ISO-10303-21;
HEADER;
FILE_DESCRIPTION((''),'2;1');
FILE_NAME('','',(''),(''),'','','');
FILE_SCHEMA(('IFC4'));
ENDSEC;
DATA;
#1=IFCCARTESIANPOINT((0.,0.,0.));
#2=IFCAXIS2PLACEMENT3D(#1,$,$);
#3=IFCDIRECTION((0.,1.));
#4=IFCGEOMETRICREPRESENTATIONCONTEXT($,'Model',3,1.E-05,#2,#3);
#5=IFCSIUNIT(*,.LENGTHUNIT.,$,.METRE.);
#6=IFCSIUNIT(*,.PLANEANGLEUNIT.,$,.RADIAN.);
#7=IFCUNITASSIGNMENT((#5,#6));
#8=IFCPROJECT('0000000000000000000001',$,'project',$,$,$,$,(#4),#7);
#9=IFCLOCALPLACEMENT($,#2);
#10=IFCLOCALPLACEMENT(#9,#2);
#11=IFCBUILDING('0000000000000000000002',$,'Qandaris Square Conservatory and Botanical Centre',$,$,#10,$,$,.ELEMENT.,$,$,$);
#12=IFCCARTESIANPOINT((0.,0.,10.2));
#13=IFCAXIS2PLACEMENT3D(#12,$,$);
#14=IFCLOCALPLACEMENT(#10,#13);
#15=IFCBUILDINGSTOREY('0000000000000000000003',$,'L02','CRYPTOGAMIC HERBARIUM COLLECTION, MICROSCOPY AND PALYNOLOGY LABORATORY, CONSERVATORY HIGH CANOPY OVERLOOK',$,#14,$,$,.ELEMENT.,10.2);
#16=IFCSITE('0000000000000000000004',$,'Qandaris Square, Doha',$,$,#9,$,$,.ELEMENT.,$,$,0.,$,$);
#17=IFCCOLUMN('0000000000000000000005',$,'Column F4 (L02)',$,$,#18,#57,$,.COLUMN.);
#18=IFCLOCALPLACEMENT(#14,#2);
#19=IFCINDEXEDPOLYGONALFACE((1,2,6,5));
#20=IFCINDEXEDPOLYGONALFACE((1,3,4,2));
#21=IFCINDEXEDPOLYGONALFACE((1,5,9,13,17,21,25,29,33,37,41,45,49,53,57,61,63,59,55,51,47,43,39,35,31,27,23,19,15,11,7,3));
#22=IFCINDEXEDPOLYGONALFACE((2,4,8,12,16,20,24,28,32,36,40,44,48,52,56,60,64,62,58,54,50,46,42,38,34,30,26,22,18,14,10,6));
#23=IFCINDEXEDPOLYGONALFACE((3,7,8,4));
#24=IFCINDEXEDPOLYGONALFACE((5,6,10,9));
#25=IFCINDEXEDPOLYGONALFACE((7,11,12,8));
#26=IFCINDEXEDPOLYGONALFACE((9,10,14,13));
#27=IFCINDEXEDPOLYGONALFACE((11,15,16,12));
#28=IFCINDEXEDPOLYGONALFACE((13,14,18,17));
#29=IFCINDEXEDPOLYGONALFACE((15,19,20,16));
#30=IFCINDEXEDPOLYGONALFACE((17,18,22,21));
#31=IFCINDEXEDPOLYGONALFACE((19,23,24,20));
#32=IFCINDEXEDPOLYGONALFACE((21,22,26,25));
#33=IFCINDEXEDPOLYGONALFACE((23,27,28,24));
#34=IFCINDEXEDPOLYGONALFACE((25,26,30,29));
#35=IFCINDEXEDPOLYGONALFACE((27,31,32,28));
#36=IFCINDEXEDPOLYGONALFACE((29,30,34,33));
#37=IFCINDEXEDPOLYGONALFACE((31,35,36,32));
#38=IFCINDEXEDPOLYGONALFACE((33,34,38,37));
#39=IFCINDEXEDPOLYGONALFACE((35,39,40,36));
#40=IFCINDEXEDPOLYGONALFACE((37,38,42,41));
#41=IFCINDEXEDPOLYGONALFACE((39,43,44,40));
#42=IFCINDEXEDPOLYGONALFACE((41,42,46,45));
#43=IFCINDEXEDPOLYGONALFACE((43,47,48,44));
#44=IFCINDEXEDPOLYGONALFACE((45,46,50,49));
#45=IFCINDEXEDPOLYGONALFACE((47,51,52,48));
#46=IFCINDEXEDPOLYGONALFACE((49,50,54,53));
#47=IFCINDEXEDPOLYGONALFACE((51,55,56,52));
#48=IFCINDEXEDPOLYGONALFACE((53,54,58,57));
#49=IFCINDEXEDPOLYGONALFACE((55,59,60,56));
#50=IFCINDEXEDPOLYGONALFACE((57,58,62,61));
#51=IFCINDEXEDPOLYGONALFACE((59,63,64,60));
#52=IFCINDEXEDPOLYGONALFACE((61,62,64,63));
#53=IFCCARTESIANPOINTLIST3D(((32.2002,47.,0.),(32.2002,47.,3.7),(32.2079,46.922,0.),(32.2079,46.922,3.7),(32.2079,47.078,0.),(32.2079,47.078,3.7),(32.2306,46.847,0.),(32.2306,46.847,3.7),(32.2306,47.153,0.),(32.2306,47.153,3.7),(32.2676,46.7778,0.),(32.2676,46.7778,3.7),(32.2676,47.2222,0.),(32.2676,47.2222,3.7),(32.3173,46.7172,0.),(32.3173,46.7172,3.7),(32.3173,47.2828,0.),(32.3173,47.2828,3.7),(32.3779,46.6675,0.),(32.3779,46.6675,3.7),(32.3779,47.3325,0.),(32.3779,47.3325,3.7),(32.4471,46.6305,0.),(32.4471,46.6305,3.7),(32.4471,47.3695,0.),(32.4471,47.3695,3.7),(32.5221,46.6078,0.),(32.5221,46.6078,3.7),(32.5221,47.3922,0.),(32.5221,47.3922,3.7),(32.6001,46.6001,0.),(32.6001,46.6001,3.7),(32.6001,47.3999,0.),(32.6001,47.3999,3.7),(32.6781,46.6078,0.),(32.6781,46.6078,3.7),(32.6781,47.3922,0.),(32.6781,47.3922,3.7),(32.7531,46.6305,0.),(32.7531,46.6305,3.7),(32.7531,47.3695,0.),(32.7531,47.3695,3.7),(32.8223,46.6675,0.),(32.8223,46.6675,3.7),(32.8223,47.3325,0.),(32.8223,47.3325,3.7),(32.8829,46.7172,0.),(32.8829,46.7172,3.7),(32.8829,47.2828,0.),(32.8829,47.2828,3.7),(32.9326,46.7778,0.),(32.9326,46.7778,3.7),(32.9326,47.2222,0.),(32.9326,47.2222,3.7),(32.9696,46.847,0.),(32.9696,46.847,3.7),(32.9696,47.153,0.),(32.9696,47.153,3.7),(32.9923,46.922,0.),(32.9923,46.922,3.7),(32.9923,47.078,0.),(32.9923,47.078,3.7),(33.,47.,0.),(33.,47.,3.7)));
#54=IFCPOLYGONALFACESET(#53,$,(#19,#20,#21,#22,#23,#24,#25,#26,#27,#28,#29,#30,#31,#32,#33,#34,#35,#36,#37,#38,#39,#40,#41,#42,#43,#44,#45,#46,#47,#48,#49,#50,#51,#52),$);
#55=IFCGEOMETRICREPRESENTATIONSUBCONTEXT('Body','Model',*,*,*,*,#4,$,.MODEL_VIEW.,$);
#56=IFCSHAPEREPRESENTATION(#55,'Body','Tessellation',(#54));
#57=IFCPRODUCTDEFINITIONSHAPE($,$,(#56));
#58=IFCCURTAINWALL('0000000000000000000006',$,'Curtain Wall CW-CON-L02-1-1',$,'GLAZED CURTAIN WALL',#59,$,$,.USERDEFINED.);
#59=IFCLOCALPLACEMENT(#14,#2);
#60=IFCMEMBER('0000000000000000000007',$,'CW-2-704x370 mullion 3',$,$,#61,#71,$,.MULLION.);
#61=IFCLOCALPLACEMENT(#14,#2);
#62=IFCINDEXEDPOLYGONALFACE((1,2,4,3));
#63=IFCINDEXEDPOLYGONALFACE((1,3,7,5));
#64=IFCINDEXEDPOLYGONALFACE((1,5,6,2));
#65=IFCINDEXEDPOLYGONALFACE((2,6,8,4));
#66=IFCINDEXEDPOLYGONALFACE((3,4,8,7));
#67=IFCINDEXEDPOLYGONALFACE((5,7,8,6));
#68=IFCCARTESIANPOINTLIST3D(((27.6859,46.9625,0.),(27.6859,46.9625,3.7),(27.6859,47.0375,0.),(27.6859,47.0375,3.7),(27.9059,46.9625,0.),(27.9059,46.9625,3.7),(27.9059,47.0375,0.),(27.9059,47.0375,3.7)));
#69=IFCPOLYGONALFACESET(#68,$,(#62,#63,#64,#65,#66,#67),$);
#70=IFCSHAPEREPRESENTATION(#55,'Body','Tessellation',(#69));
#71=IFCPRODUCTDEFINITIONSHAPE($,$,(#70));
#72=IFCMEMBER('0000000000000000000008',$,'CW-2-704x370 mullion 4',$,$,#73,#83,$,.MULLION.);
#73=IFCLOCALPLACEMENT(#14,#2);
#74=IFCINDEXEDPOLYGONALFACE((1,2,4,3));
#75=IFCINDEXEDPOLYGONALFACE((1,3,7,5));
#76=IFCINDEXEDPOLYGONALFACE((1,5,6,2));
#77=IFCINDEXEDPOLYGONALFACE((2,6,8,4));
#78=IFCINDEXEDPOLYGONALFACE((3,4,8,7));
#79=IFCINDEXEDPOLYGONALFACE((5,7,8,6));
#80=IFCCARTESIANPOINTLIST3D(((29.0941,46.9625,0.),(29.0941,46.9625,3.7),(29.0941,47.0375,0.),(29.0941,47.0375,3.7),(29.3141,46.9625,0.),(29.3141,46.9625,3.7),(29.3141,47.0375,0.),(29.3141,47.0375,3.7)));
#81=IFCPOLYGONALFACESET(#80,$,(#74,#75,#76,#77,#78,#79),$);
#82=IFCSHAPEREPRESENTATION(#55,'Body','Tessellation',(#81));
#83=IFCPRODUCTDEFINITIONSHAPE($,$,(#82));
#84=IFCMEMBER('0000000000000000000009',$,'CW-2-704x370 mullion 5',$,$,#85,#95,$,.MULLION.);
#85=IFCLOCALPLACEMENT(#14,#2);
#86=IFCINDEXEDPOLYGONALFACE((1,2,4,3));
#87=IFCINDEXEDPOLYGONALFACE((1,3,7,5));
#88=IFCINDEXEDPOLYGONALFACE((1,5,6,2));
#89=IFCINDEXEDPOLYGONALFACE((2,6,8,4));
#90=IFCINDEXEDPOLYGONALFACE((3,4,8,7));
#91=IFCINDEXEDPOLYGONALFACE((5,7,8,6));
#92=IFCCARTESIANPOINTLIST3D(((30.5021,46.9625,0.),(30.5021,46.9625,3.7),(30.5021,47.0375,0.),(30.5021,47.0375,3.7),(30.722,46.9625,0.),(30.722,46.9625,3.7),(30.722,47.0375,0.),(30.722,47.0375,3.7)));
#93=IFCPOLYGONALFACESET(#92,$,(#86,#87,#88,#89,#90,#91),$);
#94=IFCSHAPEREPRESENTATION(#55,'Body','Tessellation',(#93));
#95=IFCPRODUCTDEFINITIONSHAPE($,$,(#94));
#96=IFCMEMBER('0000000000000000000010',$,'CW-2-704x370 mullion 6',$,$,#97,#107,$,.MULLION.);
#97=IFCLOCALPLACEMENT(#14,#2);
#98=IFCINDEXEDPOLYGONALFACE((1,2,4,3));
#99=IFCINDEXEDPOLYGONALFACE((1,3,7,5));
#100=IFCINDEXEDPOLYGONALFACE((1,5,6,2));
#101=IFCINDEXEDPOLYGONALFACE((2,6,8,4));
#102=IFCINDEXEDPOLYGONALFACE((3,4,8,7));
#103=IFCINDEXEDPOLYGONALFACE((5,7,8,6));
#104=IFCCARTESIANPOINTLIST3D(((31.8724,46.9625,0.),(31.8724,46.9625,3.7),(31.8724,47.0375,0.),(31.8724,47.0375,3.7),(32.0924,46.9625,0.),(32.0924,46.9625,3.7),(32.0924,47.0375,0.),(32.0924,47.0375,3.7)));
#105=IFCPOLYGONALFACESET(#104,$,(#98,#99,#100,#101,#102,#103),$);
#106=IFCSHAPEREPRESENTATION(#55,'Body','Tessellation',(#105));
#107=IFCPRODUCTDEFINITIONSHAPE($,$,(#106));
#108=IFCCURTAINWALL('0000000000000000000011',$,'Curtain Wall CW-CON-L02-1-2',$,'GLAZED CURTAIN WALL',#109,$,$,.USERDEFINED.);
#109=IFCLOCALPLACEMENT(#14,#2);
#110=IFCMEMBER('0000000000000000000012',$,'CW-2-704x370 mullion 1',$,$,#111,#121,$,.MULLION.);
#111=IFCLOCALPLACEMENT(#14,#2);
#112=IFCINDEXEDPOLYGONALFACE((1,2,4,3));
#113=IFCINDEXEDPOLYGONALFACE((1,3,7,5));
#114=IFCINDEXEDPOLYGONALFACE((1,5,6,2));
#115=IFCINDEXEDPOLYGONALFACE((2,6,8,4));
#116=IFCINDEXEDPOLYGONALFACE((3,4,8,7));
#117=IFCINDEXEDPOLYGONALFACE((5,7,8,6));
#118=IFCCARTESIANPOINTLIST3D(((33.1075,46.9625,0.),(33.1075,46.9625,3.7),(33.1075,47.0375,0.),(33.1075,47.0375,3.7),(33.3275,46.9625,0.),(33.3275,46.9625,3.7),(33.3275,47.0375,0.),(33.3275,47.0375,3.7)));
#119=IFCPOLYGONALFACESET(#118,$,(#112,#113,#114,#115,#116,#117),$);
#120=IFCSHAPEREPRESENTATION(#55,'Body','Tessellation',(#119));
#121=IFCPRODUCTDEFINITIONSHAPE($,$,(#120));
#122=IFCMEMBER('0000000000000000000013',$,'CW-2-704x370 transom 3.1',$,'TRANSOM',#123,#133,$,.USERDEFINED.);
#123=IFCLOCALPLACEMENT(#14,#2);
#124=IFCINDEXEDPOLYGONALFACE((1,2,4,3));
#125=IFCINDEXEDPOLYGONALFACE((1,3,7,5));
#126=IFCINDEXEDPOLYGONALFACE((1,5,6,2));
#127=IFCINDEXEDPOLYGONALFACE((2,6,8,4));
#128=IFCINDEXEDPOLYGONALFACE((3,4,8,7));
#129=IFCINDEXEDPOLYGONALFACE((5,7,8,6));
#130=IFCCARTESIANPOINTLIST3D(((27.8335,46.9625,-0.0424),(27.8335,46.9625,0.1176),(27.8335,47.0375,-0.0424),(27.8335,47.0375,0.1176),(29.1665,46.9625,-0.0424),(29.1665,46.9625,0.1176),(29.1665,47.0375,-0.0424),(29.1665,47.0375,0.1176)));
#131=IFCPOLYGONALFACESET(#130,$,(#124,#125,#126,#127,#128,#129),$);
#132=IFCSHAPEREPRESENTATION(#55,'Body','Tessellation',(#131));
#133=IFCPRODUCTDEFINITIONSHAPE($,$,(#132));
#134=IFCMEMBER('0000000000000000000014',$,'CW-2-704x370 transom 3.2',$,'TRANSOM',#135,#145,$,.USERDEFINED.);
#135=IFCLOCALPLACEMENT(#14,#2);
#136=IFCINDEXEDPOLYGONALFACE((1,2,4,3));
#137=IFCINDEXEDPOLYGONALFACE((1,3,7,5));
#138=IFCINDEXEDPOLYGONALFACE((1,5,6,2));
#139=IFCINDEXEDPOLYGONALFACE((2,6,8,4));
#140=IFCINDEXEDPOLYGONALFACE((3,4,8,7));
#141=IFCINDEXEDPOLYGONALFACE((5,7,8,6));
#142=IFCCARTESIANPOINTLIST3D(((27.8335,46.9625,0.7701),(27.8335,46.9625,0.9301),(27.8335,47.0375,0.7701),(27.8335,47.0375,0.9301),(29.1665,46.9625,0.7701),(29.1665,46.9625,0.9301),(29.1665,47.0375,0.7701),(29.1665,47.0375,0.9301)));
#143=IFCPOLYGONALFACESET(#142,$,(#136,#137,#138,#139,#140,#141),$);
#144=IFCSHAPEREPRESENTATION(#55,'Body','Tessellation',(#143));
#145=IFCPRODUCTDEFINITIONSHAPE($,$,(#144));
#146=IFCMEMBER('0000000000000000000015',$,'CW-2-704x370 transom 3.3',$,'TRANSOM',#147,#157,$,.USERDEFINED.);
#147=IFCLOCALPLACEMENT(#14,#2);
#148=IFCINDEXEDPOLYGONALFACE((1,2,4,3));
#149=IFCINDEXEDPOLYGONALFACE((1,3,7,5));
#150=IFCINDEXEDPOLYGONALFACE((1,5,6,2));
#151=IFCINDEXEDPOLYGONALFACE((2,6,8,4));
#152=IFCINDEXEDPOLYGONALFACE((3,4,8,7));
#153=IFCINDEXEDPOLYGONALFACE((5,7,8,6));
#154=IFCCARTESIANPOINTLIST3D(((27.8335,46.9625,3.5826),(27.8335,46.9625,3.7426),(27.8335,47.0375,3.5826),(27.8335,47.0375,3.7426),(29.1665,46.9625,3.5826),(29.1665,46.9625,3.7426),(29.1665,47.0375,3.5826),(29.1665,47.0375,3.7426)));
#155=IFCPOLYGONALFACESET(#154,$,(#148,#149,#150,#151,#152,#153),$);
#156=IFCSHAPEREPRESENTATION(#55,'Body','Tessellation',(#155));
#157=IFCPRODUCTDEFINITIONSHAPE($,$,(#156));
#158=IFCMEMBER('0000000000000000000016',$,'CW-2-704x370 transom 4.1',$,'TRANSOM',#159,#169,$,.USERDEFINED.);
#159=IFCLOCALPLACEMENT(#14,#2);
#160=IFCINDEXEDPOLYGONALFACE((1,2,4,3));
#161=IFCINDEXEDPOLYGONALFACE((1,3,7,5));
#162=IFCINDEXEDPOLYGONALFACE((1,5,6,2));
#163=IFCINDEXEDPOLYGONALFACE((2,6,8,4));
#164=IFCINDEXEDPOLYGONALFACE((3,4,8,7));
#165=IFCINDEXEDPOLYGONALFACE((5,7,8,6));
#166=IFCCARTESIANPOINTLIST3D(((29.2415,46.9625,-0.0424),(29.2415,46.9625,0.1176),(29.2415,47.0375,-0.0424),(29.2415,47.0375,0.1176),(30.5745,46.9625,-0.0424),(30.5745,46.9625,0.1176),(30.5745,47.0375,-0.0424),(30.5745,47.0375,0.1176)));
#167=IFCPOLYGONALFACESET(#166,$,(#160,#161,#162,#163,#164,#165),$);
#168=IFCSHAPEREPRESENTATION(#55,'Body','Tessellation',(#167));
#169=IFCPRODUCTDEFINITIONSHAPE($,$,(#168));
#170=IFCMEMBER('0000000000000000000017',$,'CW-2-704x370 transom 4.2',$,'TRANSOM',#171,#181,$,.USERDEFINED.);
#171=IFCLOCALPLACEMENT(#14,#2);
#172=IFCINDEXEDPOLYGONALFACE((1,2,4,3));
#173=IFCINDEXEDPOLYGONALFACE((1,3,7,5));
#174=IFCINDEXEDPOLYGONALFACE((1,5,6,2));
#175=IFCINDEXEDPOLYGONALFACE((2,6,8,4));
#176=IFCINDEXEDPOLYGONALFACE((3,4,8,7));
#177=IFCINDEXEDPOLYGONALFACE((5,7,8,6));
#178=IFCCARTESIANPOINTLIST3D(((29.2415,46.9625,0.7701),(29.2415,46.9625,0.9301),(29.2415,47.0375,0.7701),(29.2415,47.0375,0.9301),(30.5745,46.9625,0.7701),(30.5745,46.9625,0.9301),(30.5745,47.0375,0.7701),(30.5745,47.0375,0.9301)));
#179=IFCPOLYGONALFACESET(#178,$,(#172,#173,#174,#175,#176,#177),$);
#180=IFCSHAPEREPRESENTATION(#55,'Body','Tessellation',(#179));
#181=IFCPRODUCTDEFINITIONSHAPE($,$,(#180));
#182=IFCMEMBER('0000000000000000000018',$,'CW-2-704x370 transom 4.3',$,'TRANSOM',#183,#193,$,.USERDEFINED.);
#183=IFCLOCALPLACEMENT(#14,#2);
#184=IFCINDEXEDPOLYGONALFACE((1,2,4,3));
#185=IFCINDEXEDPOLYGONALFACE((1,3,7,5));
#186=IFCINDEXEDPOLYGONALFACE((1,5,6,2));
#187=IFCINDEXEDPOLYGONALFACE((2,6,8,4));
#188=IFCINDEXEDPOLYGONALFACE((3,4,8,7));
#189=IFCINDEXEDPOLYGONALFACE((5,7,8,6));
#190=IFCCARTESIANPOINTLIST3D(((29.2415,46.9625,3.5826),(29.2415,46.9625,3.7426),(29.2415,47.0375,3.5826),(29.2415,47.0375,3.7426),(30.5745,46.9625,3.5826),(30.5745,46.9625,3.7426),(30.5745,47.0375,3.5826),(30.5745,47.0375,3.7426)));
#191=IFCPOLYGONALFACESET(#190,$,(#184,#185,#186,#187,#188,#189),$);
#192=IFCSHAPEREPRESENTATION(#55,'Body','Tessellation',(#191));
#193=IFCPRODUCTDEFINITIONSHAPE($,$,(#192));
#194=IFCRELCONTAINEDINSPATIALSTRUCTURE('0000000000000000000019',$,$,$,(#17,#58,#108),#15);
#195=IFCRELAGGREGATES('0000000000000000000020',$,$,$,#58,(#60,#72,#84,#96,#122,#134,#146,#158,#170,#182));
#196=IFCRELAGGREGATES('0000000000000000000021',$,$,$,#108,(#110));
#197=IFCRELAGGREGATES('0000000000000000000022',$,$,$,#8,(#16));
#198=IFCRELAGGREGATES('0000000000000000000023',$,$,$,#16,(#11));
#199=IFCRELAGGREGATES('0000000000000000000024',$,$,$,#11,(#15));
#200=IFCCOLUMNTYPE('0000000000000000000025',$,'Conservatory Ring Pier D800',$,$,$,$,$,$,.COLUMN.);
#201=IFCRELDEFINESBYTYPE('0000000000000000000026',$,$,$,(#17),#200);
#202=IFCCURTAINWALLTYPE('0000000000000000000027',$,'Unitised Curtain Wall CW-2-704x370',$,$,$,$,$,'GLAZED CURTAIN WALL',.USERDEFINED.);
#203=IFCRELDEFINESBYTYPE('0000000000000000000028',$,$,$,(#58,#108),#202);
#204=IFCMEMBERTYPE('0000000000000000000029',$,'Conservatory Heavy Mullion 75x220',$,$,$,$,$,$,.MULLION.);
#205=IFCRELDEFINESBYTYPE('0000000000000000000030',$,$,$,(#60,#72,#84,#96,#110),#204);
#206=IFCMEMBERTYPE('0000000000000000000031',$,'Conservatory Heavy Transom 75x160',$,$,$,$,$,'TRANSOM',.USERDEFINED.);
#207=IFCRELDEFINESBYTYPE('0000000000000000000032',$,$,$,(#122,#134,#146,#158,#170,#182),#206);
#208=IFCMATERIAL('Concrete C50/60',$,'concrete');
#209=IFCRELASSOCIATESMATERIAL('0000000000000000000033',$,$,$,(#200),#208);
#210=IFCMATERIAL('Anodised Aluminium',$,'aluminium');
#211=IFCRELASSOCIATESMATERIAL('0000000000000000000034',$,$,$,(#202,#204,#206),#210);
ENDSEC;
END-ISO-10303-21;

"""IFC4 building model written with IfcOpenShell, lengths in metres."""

from ifc_helpers import new_model, si_unit, direction, frame, origin, origin_2d, place, context, subcontext, project, spatial, rectangle, circle, extrude, material, material_profile, profile_set, type_object, element, aggregate, save


model = new_model("IFC4")

# Units and contexts
model_context = context("Model", 3, precision=1e-05, world=origin(), true_north=direction((0.0, 1.0)))
body_context = subcontext(model_context, "Body", "Model", "MODEL_VIEW")
ifc_project = project(units=[si_unit("LENGTHUNIT", "METRE"), si_unit("PLANEANGLEUNIT", "RADIAN")], contexts=[model_context])

# Site, building, storey
site_placement = place(None, origin())
site = spatial("IfcSite", under=ifc_project, at=site_placement, Name="Qandaris Square, Doha", CompositionType="ELEMENT", RefElevation=0.0)
building_placement = place(site_placement, origin())
building = spatial("IfcBuilding", under=site, at=building_placement, Name="Qandaris Square Conservatory and Botanical Centre", CompositionType="ELEMENT")
storey_placement = place(building_placement, frame((0.0, 0.0, 10.2)))
storey = spatial("IfcBuildingStorey", under=building, at=storey_placement, Name="L02", Description="CRYPTOGAMIC HERBARIUM COLLECTION, MICROSCOPY AND PALYNOLOGY LABORATORY, CONSERVATORY HIGH CANOPY OVERLOOK", CompositionType="ELEMENT", Elevation=10.2)

# Column
ifc_material_1 = material(Name="Concrete C50/60", Category="concrete")
ifc_material_profile_1 = material_profile(ifc_material_1, circle(Radius=0.3999, at=origin_2d()), Name="RC-COL D800")
ifc_profile_set_1 = profile_set([ifc_material_profile_1], Name="Concrete C50/60")
column_type = type_object("IfcColumnType", Name="Conservatory Ring Pier D800", PredefinedType="COLUMN", material=ifc_profile_set_1)
column_placement = place(storey_placement, frame((32.6001, 47.0, 0.0), z_axis=(0.0, 0.0, 1.0), x_axis=(1.0, 0.0, 0.0)))
element("IfcColumn", 1, at=column_placement, inside=storey, type_object=column_type, Name="Column F4 (L02)", PredefinedType="COLUMN", context=body_context, shape_type="SweptSolid", body=[
    extrude(circle(Radius=0.3999, at=origin_2d()), origin(), (0.0, 0.0, 1.0), 3.7),
])

# Curtain wall, members
ifc_material_2 = material(Name="Anodised Aluminium", Category="aluminium")
curtain_wall_type = type_object("IfcCurtainWallType", Name="Unitised Curtain Wall CW-2-704x370", ElementType="GLAZED CURTAIN WALL", PredefinedType="USERDEFINED", material=ifc_material_2)
curtain_wall_1_placement = place(storey_placement, origin())
curtain_wall_1 = element("IfcCurtainWall", 2, at=curtain_wall_1_placement, inside=storey, type_object=curtain_wall_type, Name="Curtain Wall CW-CON-L02-1-1", ObjectType="GLAZED CURTAIN WALL", PredefinedType="USERDEFINED")
ifc_material_profile_2 = material_profile(ifc_material_2, rectangle(XDim=0.075, YDim=0.22, at=origin_2d()), Name="ALU-MUL 75x220")
ifc_profile_set_2 = profile_set([ifc_material_profile_2], Name="Anodised Aluminium")
member_type_1 = type_object("IfcMemberType", Name="Conservatory Heavy Mullion 75x220", PredefinedType="MULLION", material=ifc_profile_set_2)
member_1_placement = place(storey_placement, frame((27.7959, 47.0, 0.0), z_axis=(0.0, 0.0, 1.0), x_axis=(0.0, 1.0, 0.0)))
member_1 = element("IfcMember", 3, at=member_1_placement, type_object=member_type_1, Name="CW-2-704x370 mullion 3", PredefinedType="MULLION", context=body_context, shape_type="SweptSolid", body=[
    extrude(rectangle(XDim=0.075, YDim=0.22, at=origin_2d()), origin(), (0.0, 0.0, 1.0), 3.7),
])
member_2_placement = place(storey_placement, frame((29.2041, 47.0, 0.0), z_axis=(0.0, 0.0, 1.0), x_axis=(0.0, 1.0, 0.0)))
member_2 = element("IfcMember", 4, at=member_2_placement, type_object=member_type_1, Name="CW-2-704x370 mullion 4", PredefinedType="MULLION", context=body_context, shape_type="SweptSolid", body=[
    extrude(rectangle(XDim=0.075, YDim=0.22, at=origin_2d()), origin(), (0.0, 0.0, 1.0), 3.7),
])
member_3_placement = place(storey_placement, frame((30.6121, 47.0, 0.0), z_axis=(0.0, 0.0, 1.0), x_axis=(0.0, 1.0, 0.0)))
member_3 = element("IfcMember", 5, at=member_3_placement, type_object=member_type_1, Name="CW-2-704x370 mullion 5", PredefinedType="MULLION", context=body_context, shape_type="SweptSolid", body=[
    extrude(rectangle(XDim=0.075, YDim=0.22, at=origin_2d()), origin(), (0.0, 0.0, 1.0), 3.7),
])
member_4_placement = place(storey_placement, frame((31.9824, 47.0, 0.0), z_axis=(0.0, 0.0, 1.0), x_axis=(0.0, 1.0, 0.0)))
member_4 = element("IfcMember", 6, at=member_4_placement, type_object=member_type_1, Name="CW-2-704x370 mullion 6", PredefinedType="MULLION", context=body_context, shape_type="SweptSolid", body=[
    extrude(rectangle(XDim=0.075, YDim=0.22, at=origin_2d()), origin(), (0.0, 0.0, 1.0), 3.7),
])

# Curtain wall, member
curtain_wall_2_placement = place(storey_placement, origin())
curtain_wall_2 = element("IfcCurtainWall", 7, at=curtain_wall_2_placement, inside=storey, type_object=curtain_wall_type, Name="Curtain Wall CW-CON-L02-1-2", ObjectType="GLAZED CURTAIN WALL", PredefinedType="USERDEFINED")
member_5_placement = place(storey_placement, frame((33.2175, 47.0, 0.0), z_axis=(0.0, 0.0, 1.0), x_axis=(0.0, 1.0, 0.0)))
member_5 = element("IfcMember", 8, at=member_5_placement, type_object=member_type_1, Name="CW-2-704x370 mullion 1", PredefinedType="MULLION", context=body_context, shape_type="SweptSolid", body=[
    extrude(rectangle(XDim=0.075, YDim=0.22, at=origin_2d()), origin(), (0.0, 0.0, 1.0), 3.7),
])

# Members
ifc_material_profile_3 = material_profile(ifc_material_2, rectangle(XDim=0.075, YDim=0.1599, at=origin_2d()), Name="ALU-TRN 75x160")
ifc_profile_set_3 = profile_set([ifc_material_profile_3], Name="Anodised Aluminium")
member_type_2 = type_object("IfcMemberType", Name="Conservatory Heavy Transom 75x160", ElementType="TRANSOM", PredefinedType="USERDEFINED", material=ifc_profile_set_3)
member_6_placement = place(storey_placement, frame((27.8335, 47.0, 0.0376), z_axis=(1.0, 0.0, 0.0), x_axis=(0.0, 1.0, 0.0)))
member_6 = element("IfcMember", 9, at=member_6_placement, type_object=member_type_2, Name="CW-2-704x370 transom 3.1", ObjectType="TRANSOM", PredefinedType="USERDEFINED", context=body_context, shape_type="SweptSolid", body=[
    extrude(rectangle(XDim=0.075, YDim=0.1599, at=origin_2d()), origin(), (0.0, 0.0, 1.0), 1.333),
])
member_7_placement = place(storey_placement, frame((27.8335, 47.0, 0.8501), z_axis=(1.0, 0.0, 0.0), x_axis=(0.0, 1.0, 0.0)))
member_7 = element("IfcMember", 10, at=member_7_placement, type_object=member_type_2, Name="CW-2-704x370 transom 3.2", ObjectType="TRANSOM", PredefinedType="USERDEFINED", context=body_context, shape_type="SweptSolid", body=[
    extrude(rectangle(XDim=0.075, YDim=0.1599, at=origin_2d()), origin(), (0.0, 0.0, 1.0), 1.333),
])
member_8_placement = place(storey_placement, frame((27.8335, 47.0, 3.6626), z_axis=(1.0, 0.0, 0.0), x_axis=(0.0, 1.0, 0.0)))
member_8 = element("IfcMember", 11, at=member_8_placement, type_object=member_type_2, Name="CW-2-704x370 transom 3.3", ObjectType="TRANSOM", PredefinedType="USERDEFINED", context=body_context, shape_type="SweptSolid", body=[
    extrude(rectangle(XDim=0.075, YDim=0.1599, at=origin_2d()), origin(), (0.0, 0.0, 1.0), 1.333),
])
member_9_placement = place(storey_placement, frame((29.2415, 47.0, 0.0376), z_axis=(1.0, 0.0, 0.0), x_axis=(0.0, 1.0, 0.0)))
member_9 = element("IfcMember", 12, at=member_9_placement, type_object=member_type_2, Name="CW-2-704x370 transom 4.1", ObjectType="TRANSOM", PredefinedType="USERDEFINED", context=body_context, shape_type="SweptSolid", body=[
    extrude(rectangle(XDim=0.075, YDim=0.1599, at=origin_2d()), origin(), (0.0, 0.0, 1.0), 1.333),
])
member_10_placement = place(storey_placement, frame((29.2415, 47.0, 0.8501), z_axis=(1.0, 0.0, 0.0), x_axis=(0.0, 1.0, 0.0)))
member_10 = element("IfcMember", 13, at=member_10_placement, type_object=member_type_2, Name="CW-2-704x370 transom 4.2", ObjectType="TRANSOM", PredefinedType="USERDEFINED", context=body_context, shape_type="SweptSolid", body=[
    extrude(rectangle(XDim=0.075, YDim=0.1599, at=origin_2d()), origin(), (0.0, 0.0, 1.0), 1.333),
])
member_11_placement = place(storey_placement, frame((29.2415, 47.0, 3.6626), z_axis=(1.0, 0.0, 0.0), x_axis=(0.0, 1.0, 0.0)))
member_11 = element("IfcMember", 14, at=member_11_placement, type_object=member_type_2, Name="CW-2-704x370 transom 4.3", ObjectType="TRANSOM", PredefinedType="USERDEFINED", context=body_context, shape_type="SweptSolid", body=[
    extrude(rectangle(XDim=0.075, YDim=0.1599, at=origin_2d()), origin(), (0.0, 0.0, 1.0), 1.333),
])

aggregate(curtain_wall_1, [member_1, member_2, member_3, member_4, member_6, member_7, member_8, member_9, member_10, member_11])
aggregate(curtain_wall_2, [member_5])

save(model, "model.ifc")
